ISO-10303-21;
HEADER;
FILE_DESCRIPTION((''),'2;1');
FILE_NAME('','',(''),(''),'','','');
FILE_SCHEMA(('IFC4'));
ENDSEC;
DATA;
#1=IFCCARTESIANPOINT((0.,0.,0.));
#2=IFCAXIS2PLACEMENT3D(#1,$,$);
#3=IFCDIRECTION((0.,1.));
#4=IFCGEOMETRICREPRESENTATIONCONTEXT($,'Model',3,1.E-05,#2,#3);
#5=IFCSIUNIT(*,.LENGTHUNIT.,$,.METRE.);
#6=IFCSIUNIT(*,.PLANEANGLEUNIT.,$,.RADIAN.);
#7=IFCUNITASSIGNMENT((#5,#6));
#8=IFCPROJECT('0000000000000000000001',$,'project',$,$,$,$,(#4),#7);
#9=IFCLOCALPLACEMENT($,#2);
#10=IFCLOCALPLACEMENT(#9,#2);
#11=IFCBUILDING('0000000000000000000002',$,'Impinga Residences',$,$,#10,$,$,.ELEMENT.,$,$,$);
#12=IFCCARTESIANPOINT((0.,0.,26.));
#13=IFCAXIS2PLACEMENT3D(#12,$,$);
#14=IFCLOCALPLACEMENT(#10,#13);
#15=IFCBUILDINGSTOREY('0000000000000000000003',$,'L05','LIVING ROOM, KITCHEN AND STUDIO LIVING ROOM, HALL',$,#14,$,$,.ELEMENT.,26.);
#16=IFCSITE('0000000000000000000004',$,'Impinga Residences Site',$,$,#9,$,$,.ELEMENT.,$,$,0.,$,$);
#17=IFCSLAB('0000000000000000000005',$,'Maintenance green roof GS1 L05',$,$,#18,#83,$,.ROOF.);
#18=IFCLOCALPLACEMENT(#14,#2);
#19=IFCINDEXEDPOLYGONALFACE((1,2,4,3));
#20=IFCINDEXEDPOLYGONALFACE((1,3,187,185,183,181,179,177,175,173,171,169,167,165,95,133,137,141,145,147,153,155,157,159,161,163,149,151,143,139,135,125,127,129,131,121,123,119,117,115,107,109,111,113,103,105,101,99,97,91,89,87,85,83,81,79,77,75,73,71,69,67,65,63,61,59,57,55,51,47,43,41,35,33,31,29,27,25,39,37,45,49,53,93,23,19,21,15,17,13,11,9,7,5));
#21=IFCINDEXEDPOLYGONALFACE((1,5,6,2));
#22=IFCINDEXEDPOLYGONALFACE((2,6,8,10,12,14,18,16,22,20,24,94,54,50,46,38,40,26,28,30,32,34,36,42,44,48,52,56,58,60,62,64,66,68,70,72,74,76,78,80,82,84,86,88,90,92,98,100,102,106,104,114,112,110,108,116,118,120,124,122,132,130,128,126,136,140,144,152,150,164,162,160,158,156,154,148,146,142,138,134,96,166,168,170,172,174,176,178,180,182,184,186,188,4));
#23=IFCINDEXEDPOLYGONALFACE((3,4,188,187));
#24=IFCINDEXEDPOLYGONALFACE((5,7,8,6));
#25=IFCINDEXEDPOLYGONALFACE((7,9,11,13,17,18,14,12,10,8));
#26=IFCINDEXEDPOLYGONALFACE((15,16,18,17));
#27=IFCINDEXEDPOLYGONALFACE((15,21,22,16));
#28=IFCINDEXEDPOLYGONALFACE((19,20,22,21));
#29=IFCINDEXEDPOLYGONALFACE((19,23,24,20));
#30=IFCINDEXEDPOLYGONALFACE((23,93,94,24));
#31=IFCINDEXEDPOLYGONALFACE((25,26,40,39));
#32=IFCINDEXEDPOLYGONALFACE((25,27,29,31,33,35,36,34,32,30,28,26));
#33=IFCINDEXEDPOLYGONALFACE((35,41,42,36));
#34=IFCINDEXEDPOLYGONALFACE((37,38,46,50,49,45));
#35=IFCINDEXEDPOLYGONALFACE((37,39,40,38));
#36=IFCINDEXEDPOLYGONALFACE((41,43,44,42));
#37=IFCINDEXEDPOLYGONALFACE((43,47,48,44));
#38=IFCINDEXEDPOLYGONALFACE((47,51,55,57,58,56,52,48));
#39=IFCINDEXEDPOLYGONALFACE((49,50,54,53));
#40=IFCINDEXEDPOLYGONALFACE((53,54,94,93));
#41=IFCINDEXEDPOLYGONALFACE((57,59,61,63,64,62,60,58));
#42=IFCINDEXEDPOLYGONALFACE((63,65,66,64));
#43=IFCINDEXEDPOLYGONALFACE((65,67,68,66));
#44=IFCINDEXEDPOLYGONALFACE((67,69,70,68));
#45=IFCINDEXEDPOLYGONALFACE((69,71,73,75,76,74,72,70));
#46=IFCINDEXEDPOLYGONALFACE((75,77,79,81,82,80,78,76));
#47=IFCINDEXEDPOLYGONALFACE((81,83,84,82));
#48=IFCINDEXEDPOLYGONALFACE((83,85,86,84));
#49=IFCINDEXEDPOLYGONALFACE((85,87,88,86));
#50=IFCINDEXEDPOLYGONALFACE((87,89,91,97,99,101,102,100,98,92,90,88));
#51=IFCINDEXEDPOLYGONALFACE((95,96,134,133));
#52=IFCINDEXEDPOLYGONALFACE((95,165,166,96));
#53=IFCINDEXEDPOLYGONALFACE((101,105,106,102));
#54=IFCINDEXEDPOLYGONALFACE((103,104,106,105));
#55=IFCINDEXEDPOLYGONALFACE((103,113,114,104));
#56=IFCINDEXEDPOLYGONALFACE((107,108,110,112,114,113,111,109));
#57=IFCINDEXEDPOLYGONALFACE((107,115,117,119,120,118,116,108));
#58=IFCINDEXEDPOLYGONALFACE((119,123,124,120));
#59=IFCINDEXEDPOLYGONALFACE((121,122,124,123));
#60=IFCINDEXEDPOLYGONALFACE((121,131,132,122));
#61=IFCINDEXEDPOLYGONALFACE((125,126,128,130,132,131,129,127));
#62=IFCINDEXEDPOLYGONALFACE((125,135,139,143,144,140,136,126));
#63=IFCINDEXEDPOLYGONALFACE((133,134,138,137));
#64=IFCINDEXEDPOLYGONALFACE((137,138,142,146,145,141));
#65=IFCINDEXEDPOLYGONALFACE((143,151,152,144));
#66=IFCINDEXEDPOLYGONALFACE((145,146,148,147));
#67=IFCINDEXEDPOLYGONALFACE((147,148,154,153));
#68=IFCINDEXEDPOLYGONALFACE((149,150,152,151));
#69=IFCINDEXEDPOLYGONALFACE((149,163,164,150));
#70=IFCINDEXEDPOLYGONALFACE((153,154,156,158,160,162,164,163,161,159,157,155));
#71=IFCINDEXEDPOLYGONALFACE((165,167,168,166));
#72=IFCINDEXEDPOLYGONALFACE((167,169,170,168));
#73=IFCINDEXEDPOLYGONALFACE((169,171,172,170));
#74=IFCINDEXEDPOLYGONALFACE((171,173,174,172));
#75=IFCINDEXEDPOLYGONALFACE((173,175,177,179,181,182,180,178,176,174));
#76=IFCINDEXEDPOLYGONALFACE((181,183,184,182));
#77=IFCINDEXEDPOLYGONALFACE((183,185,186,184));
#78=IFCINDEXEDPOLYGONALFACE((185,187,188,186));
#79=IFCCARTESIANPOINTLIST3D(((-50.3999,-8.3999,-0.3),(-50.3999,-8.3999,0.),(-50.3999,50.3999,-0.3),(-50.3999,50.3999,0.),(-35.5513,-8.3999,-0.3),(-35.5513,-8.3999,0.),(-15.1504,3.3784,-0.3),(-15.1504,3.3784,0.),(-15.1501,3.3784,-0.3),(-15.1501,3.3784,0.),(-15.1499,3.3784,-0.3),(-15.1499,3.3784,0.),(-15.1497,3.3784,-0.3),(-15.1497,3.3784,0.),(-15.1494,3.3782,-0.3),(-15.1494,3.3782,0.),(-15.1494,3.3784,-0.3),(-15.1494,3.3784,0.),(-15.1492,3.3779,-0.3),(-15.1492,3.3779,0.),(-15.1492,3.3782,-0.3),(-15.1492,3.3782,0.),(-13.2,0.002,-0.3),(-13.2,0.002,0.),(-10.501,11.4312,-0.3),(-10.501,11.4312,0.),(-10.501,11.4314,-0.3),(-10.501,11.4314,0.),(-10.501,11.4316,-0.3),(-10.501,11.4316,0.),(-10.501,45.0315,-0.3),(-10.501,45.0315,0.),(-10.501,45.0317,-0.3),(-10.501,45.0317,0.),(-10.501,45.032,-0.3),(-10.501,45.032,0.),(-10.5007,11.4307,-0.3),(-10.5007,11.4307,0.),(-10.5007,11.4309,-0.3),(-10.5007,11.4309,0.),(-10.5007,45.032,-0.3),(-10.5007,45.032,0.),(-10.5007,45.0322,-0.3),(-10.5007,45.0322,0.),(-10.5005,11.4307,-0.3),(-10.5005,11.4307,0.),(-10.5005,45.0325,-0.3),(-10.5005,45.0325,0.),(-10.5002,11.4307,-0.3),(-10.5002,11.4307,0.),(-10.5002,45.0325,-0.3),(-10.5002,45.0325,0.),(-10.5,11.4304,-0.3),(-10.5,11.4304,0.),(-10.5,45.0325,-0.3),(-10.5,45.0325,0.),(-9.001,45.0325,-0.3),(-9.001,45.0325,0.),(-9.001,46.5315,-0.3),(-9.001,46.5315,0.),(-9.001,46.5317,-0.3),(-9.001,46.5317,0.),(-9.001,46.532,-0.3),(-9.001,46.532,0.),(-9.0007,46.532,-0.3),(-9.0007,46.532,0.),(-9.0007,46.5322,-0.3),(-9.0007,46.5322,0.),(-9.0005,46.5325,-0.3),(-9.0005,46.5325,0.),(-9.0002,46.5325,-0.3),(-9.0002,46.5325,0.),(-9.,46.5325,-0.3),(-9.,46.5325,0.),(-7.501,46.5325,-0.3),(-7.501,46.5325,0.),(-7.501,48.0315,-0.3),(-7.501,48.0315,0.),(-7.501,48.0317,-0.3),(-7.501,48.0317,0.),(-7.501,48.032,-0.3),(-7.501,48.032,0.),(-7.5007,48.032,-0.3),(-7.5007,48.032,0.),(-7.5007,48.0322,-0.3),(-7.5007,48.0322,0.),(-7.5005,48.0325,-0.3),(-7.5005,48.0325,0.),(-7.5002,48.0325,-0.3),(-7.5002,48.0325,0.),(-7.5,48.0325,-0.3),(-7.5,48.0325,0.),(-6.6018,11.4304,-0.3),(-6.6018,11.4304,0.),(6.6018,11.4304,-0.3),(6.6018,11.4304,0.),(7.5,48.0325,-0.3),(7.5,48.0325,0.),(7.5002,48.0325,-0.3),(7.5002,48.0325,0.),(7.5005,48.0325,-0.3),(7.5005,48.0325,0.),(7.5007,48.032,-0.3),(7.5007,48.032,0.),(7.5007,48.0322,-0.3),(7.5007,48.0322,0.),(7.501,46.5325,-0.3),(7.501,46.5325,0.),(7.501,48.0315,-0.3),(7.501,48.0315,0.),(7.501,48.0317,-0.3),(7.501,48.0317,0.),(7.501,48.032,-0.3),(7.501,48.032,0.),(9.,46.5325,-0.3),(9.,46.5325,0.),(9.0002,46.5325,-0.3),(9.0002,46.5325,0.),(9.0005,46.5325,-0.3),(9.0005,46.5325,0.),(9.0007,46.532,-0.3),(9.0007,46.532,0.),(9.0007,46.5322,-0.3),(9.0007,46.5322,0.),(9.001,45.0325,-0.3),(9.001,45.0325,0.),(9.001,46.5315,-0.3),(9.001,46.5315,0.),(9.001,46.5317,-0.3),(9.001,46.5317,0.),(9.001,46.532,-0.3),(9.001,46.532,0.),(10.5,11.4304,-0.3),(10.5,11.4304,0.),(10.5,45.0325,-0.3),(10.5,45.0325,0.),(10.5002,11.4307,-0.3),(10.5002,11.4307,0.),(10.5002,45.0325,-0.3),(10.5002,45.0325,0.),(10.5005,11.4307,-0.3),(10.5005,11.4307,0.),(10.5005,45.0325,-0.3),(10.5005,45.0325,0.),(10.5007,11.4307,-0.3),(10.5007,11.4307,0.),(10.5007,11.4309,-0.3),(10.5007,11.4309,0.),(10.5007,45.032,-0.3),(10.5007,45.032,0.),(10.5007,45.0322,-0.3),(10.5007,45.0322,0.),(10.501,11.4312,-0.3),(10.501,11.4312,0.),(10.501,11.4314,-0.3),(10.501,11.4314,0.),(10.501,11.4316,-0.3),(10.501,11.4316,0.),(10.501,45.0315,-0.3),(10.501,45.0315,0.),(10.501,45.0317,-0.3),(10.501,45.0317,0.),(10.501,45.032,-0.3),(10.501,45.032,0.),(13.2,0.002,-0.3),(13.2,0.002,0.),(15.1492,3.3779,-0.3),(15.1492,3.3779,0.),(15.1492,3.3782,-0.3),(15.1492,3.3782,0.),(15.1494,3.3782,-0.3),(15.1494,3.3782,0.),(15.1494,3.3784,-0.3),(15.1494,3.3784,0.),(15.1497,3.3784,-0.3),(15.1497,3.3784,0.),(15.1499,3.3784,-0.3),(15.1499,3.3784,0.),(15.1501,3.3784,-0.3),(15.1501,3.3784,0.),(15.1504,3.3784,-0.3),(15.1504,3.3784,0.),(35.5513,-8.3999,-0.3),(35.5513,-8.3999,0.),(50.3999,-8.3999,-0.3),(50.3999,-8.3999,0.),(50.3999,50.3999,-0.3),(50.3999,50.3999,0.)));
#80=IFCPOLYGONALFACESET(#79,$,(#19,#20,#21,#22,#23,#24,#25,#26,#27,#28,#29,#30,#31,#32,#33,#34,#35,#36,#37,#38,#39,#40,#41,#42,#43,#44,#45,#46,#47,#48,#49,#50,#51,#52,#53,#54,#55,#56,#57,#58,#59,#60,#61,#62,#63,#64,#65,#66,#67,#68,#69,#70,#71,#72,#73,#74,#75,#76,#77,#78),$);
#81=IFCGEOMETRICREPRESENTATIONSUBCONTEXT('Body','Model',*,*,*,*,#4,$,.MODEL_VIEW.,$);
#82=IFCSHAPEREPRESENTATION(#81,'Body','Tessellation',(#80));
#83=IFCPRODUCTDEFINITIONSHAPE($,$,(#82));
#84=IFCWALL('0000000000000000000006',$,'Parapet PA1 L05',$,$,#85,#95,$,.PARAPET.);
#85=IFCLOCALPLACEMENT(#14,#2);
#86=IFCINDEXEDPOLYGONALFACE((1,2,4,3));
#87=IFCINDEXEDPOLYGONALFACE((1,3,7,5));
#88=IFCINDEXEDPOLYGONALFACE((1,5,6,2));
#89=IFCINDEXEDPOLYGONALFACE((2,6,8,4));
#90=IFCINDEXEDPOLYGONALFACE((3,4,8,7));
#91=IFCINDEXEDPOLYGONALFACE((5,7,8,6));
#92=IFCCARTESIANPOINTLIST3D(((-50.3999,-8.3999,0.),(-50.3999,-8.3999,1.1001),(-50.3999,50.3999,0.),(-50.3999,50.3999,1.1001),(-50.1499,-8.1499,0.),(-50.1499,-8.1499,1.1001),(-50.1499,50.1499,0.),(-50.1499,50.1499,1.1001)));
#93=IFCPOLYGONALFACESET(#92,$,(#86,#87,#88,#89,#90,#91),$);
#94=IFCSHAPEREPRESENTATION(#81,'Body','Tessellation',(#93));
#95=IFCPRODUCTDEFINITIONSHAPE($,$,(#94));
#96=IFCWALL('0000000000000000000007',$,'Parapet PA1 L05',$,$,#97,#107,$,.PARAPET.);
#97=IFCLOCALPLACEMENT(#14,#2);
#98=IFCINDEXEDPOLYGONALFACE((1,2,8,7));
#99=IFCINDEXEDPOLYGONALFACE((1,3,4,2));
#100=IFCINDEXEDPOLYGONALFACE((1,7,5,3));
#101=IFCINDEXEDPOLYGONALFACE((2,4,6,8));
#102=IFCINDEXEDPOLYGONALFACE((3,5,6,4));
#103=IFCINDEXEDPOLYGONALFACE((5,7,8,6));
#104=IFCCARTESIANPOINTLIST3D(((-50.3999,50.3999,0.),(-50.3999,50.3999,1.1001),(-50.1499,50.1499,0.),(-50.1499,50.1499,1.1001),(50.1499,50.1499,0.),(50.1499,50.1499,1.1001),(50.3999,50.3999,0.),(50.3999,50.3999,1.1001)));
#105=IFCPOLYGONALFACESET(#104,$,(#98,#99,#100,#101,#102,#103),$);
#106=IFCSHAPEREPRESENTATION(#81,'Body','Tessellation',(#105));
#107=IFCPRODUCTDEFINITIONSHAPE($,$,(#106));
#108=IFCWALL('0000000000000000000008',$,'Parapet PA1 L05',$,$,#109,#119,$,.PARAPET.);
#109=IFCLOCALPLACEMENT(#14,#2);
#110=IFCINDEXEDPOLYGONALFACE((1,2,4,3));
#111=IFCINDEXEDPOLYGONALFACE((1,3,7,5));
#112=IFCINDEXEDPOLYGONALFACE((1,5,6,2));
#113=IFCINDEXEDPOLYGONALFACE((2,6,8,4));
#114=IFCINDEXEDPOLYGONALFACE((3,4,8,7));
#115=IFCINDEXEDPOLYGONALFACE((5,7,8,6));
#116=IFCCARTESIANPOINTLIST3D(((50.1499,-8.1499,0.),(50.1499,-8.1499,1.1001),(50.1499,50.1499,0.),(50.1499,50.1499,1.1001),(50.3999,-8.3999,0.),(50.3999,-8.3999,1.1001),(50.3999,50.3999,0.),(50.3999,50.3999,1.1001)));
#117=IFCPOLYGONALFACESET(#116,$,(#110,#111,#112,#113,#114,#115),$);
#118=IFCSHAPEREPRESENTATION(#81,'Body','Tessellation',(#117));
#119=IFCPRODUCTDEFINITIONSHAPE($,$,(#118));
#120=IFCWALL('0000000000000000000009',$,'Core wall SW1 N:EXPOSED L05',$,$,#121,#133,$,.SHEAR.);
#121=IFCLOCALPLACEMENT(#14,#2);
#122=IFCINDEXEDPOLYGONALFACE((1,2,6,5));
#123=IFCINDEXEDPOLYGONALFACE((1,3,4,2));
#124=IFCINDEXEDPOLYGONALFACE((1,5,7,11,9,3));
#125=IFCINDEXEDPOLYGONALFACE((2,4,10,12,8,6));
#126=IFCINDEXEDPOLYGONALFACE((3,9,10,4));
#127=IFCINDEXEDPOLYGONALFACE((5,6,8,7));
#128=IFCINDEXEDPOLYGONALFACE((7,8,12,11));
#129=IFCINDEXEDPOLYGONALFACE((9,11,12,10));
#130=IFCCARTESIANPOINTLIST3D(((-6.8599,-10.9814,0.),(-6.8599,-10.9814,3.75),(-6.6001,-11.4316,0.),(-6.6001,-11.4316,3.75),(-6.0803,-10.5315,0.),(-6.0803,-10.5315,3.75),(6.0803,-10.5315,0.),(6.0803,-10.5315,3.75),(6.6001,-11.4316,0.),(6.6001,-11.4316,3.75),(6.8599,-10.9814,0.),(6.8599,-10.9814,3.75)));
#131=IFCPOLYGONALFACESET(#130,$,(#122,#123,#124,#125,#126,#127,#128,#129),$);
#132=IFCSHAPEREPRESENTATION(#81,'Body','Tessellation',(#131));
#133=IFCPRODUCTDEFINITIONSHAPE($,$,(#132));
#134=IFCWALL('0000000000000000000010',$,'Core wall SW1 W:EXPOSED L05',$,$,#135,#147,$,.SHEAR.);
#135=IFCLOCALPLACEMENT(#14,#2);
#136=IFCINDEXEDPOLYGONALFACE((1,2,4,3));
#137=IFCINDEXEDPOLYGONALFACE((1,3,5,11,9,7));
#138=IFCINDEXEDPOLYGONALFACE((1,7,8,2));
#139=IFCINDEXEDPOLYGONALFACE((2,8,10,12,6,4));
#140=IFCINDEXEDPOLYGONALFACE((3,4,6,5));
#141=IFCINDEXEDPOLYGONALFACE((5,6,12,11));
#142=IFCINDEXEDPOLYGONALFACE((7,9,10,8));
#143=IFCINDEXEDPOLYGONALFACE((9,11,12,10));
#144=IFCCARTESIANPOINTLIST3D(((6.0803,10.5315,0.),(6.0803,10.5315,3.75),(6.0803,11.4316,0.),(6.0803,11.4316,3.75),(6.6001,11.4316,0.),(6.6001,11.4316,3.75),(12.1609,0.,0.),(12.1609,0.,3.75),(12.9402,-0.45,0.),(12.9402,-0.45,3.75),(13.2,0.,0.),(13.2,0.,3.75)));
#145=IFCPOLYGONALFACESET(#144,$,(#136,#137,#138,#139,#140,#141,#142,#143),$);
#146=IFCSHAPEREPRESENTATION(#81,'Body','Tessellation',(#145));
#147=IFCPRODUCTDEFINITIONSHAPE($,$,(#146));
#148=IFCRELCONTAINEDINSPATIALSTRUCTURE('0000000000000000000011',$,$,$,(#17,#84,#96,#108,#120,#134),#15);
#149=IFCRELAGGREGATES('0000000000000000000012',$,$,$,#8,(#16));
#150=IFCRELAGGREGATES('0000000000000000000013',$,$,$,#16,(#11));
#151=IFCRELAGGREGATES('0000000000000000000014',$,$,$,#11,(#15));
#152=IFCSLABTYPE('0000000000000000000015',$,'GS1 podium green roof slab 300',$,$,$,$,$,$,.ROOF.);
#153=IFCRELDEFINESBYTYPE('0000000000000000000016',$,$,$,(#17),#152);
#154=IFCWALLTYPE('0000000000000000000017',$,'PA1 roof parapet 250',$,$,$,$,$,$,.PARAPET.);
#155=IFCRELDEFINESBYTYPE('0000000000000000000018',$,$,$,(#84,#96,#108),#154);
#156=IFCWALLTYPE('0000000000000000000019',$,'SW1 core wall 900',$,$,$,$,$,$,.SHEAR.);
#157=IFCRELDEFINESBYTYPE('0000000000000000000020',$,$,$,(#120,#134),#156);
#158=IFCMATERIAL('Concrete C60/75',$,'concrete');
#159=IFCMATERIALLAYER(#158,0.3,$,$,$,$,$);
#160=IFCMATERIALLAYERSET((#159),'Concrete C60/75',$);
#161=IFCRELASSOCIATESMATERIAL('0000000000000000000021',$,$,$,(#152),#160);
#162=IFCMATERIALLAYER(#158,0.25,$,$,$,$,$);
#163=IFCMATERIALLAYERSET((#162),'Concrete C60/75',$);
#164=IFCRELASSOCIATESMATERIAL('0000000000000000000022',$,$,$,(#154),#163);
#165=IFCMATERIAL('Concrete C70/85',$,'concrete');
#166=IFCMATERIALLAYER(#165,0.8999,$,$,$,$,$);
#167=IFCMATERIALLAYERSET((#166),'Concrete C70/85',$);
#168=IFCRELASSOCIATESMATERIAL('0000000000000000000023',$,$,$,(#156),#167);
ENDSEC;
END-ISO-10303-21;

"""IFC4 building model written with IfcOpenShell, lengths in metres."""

from ifc_helpers import new_model, si_unit, direction, frame, origin, place, context, subcontext, project, spatial, polyline, outline, extrude, material, layer, layer_set, type_object, element, save


model = new_model("IFC4")

# Units and contexts
model_context = context("Model", 3, precision=1e-05, world=origin(), true_north=direction((0.0, 1.0)))
body_context = subcontext(model_context, "Body", "Model", "MODEL_VIEW")
ifc_project = project(units=[si_unit("LENGTHUNIT", "METRE"), si_unit("PLANEANGLEUNIT", "RADIAN")], contexts=[model_context])

# Site, building, storey
site_placement = place(None, origin())
site = spatial("IfcSite", under=ifc_project, at=site_placement, Name="Impinga Residences Site", CompositionType="ELEMENT", RefElevation=0.0)
building_placement = place(site_placement, origin())
building = spatial("IfcBuilding", under=site, at=building_placement, Name="Impinga Residences", CompositionType="ELEMENT")
storey_placement = place(building_placement, frame((0.0, 0.0, 26.0)))
storey = spatial("IfcBuildingStorey", under=building, at=storey_placement, Name="L05", Description="LIVING ROOM, KITCHEN AND STUDIO LIVING ROOM, HALL", CompositionType="ELEMENT", Elevation=26.0)

# Slab
ifc_material_1 = material(Name="Concrete C60/75", Category="concrete")
ifc_layer_1 = layer(ifc_material_1, 0.3)
ifc_layer_set_1 = layer_set([ifc_layer_1], Name="Concrete C60/75")
slab_type_1 = type_object("IfcSlabType", Name="GS1 podium green roof slab 300", PredefinedType="ROOF", material=ifc_layer_set_1)
slab_1_placement = place(storey_placement, frame((0.0, 0.0, -0.3)))
element("IfcSlab", 1, at=slab_1_placement, inside=storey, type_object=slab_type_1, Name="Maintenance green roof GS1 L05", PredefinedType="ROOF", context=body_context, shape_type="SweptSolid", body=[
    extrude(outline(polyline([(-50.3999, -8.3999), (-50.3999, 50.3999), (50.3999, 50.3999), (50.3999, -8.3999), (35.5513, -8.3999), (15.1504, 3.3784), (15.1504, 3.3784), (15.1504, 3.3784), (15.1501, 3.3784), (15.1501, 3.3784), (15.1501, 3.3784), (15.1499, 3.3784), (15.1499, 3.3784), (15.1497, 3.3784), (15.1497, 3.3784), (15.1497, 3.3784), (15.1494, 3.3784), (15.1494, 3.3782), (15.1494, 3.3782), (15.1492, 3.3782), (15.1492, 3.3782), (15.1492, 3.3779), (13.2, 0.002), (6.6018, 11.4304), (10.5, 11.4304), (10.5, 11.4304), (10.5002, 11.4307), (10.5002, 11.4307), (10.5005, 11.4307), (10.5005, 11.4307), (10.5005, 11.4307), (10.5007, 11.4307), (10.5007, 11.4309), (10.5007, 11.4309), (10.5007, 11.4309), (10.501, 11.4312), (10.501, 11.4312), (10.501, 11.4312), (10.501, 11.4314), (10.501, 11.4314), (10.501, 11.4316), (10.501, 45.0315), (10.501, 45.0317), (10.501, 45.0317), (10.501, 45.0317), (10.501, 45.032), (10.501, 45.032), (10.5007, 45.032), (10.5007, 45.0322), (10.5007, 45.0322), (10.5007, 45.0322), (10.5005, 45.0325), (10.5005, 45.0325), (10.5005, 45.0325), (10.5002, 45.0325), (10.5002, 45.0325), (10.5, 45.0325), (10.5, 45.0325), (9.001, 45.0325), (9.001, 46.5315), (9.001, 46.5317), (9.001, 46.5317), (9.001, 46.5317), (9.001, 46.532), (9.001, 46.532), (9.0007, 46.532), (9.0007, 46.5322), (9.0007, 46.5322), (9.0007, 46.5322), (9.0005, 46.5325), (9.0005, 46.5325), (9.0005, 46.5325), (9.0002, 46.5325), (9.0002, 46.5325), (9.0, 46.5325), (9.0, 46.5325), (7.501, 46.5325), (7.501, 48.0315), (7.501, 48.0317), (7.501, 48.0317), (7.501, 48.0317), (7.501, 48.032), (7.501, 48.032), (7.5007, 48.032), (7.5007, 48.0322), (7.5007, 48.0322), (7.5007, 48.0322), (7.5005, 48.0325), (7.5005, 48.0325), (7.5005, 48.0325), (7.5002, 48.0325), (7.5002, 48.0325), (7.5, 48.0325), (7.5, 48.0325), (-7.5, 48.0325), (-7.5, 48.0325), (-7.5002, 48.0325), (-7.5002, 48.0325), (-7.5005, 48.0325), (-7.5005, 48.0325), (-7.5005, 48.0325), (-7.5007, 48.0322), (-7.5007, 48.0322), (-7.5007, 48.0322), (-7.5007, 48.032), (-7.501, 48.032), (-7.501, 48.032), (-7.501, 48.0317), (-7.501, 48.0317), (-7.501, 48.0317), (-7.501, 48.0315), (-7.501, 46.5325), (-9.0, 46.5325), (-9.0, 46.5325), (-9.0002, 46.5325), (-9.0002, 46.5325), (-9.0005, 46.5325), (-9.0005, 46.5325), (-9.0005, 46.5325), (-9.0007, 46.5322), (-9.0007, 46.5322), (-9.0007, 46.5322), (-9.0007, 46.532), (-9.001, 46.532), (-9.001, 46.532), (-9.001, 46.5317), (-9.001, 46.5317), (-9.001, 46.5317), (-9.001, 46.5315), (-9.001, 45.0325), (-10.5, 45.0325), (-10.5, 45.0325), (-10.5002, 45.0325), (-10.5002, 45.0325), (-10.5005, 45.0325), (-10.5005, 45.0325), (-10.5005, 45.0325), (-10.5007, 45.0322), (-10.5007, 45.0322), (-10.5007, 45.0322), (-10.5007, 45.032), (-10.501, 45.032), (-10.501, 45.032), (-10.501, 45.0317), (-10.501, 45.0317), (-10.501, 45.0317), (-10.501, 45.0315), (-10.501, 11.4316), (-10.501, 11.4314), (-10.501, 11.4314), (-10.501, 11.4312), (-10.501, 11.4312), (-10.501, 11.4312), (-10.5007, 11.4309), (-10.5007, 11.4309), (-10.5007, 11.4309), (-10.5007, 11.4307), (-10.5005, 11.4307), (-10.5005, 11.4307), (-10.5005, 11.4307), (-10.5002, 11.4307), (-10.5002, 11.4307), (-10.5, 11.4304), (-10.5, 11.4304), (-6.6018, 11.4304), (-13.2, 0.002), (-15.1492, 3.3779), (-15.1492, 3.3782), (-15.1492, 3.3782), (-15.1494, 3.3782), (-15.1494, 3.3782), (-15.1494, 3.3784), (-15.1497, 3.3784), (-15.1497, 3.3784), (-15.1497, 3.3784), (-15.1499, 3.3784), (-15.1499, 3.3784), (-15.1501, 3.3784), (-15.1501, 3.3784), (-15.1501, 3.3784), (-15.1504, 3.3784), (-15.1504, 3.3784), (-15.1504, 3.3784), (-35.5513, -8.3999), (-50.3999, -8.3999)])), origin(), (0.0, 0.0, 1.0), 0.3),
])

# Walls
ifc_layer_2 = layer(ifc_material_1, 0.25)
ifc_layer_set_2 = layer_set([ifc_layer_2], Name="Concrete C60/75")
wall_type_1 = type_object("IfcWallType", Name="PA1 roof parapet 250", PredefinedType="PARAPET", material=ifc_layer_set_2)
wall_1_placement = place(storey_placement, origin())
element("IfcWall", 2, at=wall_1_placement, inside=storey, type_object=wall_type_1, Name="Parapet PA1 L05", PredefinedType="PARAPET", context=body_context, shape_type="SweptSolid", body=[
    extrude(outline(polyline([(-50.3999, -8.3999), (-50.3999, 50.3999), (-50.1499, 50.1499), (-50.1499, -8.1499), (-50.3999, -8.3999)])), origin(), (0.0, 0.0, 1.0), 1.1001),
])
wall_2_placement = place(storey_placement, origin())
element("IfcWall", 3, at=wall_2_placement, inside=storey, type_object=wall_type_1, Name="Parapet PA1 L05", PredefinedType="PARAPET", context=body_context, shape_type="SweptSolid", body=[
    extrude(outline(polyline([(-50.3999, 50.3999), (50.3999, 50.3999), (50.1499, 50.1499), (-50.1499, 50.1499), (-50.3999, 50.3999)])), origin(), (0.0, 0.0, 1.0), 1.1001),
])
wall_3_placement = place(storey_placement, origin())
element("IfcWall", 4, at=wall_3_placement, inside=storey, type_object=wall_type_1, Name="Parapet PA1 L05", PredefinedType="PARAPET", context=body_context, shape_type="SweptSolid", body=[
    extrude(outline(polyline([(50.3999, 50.3999), (50.3999, -8.3999), (50.1499, -8.1499), (50.1499, 50.1499), (50.3999, 50.3999)])), origin(), (0.0, 0.0, 1.0), 1.1001),
])
ifc_material_2 = material(Name="Concrete C70/85", Category="concrete")
ifc_layer_3 = layer(ifc_material_2, 0.8999)
ifc_layer_set_3 = layer_set([ifc_layer_3], Name="Concrete C70/85")
wall_type_2 = type_object("IfcWallType", Name="SW1 core wall 900", PredefinedType="SHEAR", material=ifc_layer_set_3)
wall_4_placement = place(storey_placement, origin())
element("IfcWall", 5, at=wall_4_placement, inside=storey, type_object=wall_type_2, Name="Core wall SW1 N:EXPOSED L05", PredefinedType="SHEAR", context=body_context, shape_type="SweptSolid", body=[
    extrude(outline(polyline([(-6.6001, -11.4316), (6.6001, -11.4316), (6.8599, -10.9814), (6.0803, -10.5315), (-6.0803, -10.5315), (-6.8599, -10.9814), (-6.6001, -11.4316)])), origin(), (0.0, 0.0, 1.0), 3.75),
])
wall_5_placement = place(storey_placement, origin())
element("IfcWall", 6, at=wall_5_placement, inside=storey, type_object=wall_type_2, Name="Core wall SW1 W:EXPOSED L05", PredefinedType="SHEAR", context=body_context, shape_type="SweptSolid", body=[
    extrude(outline(polyline([(13.2, 0.0), (6.6001, 11.4316), (6.0803, 11.4316), (6.0803, 10.5315), (12.1609, 0.0), (12.9402, -0.45), (13.2, 0.0)])), origin(), (0.0, 0.0, 1.0), 3.75),
])

save(model, "model.ifc")
